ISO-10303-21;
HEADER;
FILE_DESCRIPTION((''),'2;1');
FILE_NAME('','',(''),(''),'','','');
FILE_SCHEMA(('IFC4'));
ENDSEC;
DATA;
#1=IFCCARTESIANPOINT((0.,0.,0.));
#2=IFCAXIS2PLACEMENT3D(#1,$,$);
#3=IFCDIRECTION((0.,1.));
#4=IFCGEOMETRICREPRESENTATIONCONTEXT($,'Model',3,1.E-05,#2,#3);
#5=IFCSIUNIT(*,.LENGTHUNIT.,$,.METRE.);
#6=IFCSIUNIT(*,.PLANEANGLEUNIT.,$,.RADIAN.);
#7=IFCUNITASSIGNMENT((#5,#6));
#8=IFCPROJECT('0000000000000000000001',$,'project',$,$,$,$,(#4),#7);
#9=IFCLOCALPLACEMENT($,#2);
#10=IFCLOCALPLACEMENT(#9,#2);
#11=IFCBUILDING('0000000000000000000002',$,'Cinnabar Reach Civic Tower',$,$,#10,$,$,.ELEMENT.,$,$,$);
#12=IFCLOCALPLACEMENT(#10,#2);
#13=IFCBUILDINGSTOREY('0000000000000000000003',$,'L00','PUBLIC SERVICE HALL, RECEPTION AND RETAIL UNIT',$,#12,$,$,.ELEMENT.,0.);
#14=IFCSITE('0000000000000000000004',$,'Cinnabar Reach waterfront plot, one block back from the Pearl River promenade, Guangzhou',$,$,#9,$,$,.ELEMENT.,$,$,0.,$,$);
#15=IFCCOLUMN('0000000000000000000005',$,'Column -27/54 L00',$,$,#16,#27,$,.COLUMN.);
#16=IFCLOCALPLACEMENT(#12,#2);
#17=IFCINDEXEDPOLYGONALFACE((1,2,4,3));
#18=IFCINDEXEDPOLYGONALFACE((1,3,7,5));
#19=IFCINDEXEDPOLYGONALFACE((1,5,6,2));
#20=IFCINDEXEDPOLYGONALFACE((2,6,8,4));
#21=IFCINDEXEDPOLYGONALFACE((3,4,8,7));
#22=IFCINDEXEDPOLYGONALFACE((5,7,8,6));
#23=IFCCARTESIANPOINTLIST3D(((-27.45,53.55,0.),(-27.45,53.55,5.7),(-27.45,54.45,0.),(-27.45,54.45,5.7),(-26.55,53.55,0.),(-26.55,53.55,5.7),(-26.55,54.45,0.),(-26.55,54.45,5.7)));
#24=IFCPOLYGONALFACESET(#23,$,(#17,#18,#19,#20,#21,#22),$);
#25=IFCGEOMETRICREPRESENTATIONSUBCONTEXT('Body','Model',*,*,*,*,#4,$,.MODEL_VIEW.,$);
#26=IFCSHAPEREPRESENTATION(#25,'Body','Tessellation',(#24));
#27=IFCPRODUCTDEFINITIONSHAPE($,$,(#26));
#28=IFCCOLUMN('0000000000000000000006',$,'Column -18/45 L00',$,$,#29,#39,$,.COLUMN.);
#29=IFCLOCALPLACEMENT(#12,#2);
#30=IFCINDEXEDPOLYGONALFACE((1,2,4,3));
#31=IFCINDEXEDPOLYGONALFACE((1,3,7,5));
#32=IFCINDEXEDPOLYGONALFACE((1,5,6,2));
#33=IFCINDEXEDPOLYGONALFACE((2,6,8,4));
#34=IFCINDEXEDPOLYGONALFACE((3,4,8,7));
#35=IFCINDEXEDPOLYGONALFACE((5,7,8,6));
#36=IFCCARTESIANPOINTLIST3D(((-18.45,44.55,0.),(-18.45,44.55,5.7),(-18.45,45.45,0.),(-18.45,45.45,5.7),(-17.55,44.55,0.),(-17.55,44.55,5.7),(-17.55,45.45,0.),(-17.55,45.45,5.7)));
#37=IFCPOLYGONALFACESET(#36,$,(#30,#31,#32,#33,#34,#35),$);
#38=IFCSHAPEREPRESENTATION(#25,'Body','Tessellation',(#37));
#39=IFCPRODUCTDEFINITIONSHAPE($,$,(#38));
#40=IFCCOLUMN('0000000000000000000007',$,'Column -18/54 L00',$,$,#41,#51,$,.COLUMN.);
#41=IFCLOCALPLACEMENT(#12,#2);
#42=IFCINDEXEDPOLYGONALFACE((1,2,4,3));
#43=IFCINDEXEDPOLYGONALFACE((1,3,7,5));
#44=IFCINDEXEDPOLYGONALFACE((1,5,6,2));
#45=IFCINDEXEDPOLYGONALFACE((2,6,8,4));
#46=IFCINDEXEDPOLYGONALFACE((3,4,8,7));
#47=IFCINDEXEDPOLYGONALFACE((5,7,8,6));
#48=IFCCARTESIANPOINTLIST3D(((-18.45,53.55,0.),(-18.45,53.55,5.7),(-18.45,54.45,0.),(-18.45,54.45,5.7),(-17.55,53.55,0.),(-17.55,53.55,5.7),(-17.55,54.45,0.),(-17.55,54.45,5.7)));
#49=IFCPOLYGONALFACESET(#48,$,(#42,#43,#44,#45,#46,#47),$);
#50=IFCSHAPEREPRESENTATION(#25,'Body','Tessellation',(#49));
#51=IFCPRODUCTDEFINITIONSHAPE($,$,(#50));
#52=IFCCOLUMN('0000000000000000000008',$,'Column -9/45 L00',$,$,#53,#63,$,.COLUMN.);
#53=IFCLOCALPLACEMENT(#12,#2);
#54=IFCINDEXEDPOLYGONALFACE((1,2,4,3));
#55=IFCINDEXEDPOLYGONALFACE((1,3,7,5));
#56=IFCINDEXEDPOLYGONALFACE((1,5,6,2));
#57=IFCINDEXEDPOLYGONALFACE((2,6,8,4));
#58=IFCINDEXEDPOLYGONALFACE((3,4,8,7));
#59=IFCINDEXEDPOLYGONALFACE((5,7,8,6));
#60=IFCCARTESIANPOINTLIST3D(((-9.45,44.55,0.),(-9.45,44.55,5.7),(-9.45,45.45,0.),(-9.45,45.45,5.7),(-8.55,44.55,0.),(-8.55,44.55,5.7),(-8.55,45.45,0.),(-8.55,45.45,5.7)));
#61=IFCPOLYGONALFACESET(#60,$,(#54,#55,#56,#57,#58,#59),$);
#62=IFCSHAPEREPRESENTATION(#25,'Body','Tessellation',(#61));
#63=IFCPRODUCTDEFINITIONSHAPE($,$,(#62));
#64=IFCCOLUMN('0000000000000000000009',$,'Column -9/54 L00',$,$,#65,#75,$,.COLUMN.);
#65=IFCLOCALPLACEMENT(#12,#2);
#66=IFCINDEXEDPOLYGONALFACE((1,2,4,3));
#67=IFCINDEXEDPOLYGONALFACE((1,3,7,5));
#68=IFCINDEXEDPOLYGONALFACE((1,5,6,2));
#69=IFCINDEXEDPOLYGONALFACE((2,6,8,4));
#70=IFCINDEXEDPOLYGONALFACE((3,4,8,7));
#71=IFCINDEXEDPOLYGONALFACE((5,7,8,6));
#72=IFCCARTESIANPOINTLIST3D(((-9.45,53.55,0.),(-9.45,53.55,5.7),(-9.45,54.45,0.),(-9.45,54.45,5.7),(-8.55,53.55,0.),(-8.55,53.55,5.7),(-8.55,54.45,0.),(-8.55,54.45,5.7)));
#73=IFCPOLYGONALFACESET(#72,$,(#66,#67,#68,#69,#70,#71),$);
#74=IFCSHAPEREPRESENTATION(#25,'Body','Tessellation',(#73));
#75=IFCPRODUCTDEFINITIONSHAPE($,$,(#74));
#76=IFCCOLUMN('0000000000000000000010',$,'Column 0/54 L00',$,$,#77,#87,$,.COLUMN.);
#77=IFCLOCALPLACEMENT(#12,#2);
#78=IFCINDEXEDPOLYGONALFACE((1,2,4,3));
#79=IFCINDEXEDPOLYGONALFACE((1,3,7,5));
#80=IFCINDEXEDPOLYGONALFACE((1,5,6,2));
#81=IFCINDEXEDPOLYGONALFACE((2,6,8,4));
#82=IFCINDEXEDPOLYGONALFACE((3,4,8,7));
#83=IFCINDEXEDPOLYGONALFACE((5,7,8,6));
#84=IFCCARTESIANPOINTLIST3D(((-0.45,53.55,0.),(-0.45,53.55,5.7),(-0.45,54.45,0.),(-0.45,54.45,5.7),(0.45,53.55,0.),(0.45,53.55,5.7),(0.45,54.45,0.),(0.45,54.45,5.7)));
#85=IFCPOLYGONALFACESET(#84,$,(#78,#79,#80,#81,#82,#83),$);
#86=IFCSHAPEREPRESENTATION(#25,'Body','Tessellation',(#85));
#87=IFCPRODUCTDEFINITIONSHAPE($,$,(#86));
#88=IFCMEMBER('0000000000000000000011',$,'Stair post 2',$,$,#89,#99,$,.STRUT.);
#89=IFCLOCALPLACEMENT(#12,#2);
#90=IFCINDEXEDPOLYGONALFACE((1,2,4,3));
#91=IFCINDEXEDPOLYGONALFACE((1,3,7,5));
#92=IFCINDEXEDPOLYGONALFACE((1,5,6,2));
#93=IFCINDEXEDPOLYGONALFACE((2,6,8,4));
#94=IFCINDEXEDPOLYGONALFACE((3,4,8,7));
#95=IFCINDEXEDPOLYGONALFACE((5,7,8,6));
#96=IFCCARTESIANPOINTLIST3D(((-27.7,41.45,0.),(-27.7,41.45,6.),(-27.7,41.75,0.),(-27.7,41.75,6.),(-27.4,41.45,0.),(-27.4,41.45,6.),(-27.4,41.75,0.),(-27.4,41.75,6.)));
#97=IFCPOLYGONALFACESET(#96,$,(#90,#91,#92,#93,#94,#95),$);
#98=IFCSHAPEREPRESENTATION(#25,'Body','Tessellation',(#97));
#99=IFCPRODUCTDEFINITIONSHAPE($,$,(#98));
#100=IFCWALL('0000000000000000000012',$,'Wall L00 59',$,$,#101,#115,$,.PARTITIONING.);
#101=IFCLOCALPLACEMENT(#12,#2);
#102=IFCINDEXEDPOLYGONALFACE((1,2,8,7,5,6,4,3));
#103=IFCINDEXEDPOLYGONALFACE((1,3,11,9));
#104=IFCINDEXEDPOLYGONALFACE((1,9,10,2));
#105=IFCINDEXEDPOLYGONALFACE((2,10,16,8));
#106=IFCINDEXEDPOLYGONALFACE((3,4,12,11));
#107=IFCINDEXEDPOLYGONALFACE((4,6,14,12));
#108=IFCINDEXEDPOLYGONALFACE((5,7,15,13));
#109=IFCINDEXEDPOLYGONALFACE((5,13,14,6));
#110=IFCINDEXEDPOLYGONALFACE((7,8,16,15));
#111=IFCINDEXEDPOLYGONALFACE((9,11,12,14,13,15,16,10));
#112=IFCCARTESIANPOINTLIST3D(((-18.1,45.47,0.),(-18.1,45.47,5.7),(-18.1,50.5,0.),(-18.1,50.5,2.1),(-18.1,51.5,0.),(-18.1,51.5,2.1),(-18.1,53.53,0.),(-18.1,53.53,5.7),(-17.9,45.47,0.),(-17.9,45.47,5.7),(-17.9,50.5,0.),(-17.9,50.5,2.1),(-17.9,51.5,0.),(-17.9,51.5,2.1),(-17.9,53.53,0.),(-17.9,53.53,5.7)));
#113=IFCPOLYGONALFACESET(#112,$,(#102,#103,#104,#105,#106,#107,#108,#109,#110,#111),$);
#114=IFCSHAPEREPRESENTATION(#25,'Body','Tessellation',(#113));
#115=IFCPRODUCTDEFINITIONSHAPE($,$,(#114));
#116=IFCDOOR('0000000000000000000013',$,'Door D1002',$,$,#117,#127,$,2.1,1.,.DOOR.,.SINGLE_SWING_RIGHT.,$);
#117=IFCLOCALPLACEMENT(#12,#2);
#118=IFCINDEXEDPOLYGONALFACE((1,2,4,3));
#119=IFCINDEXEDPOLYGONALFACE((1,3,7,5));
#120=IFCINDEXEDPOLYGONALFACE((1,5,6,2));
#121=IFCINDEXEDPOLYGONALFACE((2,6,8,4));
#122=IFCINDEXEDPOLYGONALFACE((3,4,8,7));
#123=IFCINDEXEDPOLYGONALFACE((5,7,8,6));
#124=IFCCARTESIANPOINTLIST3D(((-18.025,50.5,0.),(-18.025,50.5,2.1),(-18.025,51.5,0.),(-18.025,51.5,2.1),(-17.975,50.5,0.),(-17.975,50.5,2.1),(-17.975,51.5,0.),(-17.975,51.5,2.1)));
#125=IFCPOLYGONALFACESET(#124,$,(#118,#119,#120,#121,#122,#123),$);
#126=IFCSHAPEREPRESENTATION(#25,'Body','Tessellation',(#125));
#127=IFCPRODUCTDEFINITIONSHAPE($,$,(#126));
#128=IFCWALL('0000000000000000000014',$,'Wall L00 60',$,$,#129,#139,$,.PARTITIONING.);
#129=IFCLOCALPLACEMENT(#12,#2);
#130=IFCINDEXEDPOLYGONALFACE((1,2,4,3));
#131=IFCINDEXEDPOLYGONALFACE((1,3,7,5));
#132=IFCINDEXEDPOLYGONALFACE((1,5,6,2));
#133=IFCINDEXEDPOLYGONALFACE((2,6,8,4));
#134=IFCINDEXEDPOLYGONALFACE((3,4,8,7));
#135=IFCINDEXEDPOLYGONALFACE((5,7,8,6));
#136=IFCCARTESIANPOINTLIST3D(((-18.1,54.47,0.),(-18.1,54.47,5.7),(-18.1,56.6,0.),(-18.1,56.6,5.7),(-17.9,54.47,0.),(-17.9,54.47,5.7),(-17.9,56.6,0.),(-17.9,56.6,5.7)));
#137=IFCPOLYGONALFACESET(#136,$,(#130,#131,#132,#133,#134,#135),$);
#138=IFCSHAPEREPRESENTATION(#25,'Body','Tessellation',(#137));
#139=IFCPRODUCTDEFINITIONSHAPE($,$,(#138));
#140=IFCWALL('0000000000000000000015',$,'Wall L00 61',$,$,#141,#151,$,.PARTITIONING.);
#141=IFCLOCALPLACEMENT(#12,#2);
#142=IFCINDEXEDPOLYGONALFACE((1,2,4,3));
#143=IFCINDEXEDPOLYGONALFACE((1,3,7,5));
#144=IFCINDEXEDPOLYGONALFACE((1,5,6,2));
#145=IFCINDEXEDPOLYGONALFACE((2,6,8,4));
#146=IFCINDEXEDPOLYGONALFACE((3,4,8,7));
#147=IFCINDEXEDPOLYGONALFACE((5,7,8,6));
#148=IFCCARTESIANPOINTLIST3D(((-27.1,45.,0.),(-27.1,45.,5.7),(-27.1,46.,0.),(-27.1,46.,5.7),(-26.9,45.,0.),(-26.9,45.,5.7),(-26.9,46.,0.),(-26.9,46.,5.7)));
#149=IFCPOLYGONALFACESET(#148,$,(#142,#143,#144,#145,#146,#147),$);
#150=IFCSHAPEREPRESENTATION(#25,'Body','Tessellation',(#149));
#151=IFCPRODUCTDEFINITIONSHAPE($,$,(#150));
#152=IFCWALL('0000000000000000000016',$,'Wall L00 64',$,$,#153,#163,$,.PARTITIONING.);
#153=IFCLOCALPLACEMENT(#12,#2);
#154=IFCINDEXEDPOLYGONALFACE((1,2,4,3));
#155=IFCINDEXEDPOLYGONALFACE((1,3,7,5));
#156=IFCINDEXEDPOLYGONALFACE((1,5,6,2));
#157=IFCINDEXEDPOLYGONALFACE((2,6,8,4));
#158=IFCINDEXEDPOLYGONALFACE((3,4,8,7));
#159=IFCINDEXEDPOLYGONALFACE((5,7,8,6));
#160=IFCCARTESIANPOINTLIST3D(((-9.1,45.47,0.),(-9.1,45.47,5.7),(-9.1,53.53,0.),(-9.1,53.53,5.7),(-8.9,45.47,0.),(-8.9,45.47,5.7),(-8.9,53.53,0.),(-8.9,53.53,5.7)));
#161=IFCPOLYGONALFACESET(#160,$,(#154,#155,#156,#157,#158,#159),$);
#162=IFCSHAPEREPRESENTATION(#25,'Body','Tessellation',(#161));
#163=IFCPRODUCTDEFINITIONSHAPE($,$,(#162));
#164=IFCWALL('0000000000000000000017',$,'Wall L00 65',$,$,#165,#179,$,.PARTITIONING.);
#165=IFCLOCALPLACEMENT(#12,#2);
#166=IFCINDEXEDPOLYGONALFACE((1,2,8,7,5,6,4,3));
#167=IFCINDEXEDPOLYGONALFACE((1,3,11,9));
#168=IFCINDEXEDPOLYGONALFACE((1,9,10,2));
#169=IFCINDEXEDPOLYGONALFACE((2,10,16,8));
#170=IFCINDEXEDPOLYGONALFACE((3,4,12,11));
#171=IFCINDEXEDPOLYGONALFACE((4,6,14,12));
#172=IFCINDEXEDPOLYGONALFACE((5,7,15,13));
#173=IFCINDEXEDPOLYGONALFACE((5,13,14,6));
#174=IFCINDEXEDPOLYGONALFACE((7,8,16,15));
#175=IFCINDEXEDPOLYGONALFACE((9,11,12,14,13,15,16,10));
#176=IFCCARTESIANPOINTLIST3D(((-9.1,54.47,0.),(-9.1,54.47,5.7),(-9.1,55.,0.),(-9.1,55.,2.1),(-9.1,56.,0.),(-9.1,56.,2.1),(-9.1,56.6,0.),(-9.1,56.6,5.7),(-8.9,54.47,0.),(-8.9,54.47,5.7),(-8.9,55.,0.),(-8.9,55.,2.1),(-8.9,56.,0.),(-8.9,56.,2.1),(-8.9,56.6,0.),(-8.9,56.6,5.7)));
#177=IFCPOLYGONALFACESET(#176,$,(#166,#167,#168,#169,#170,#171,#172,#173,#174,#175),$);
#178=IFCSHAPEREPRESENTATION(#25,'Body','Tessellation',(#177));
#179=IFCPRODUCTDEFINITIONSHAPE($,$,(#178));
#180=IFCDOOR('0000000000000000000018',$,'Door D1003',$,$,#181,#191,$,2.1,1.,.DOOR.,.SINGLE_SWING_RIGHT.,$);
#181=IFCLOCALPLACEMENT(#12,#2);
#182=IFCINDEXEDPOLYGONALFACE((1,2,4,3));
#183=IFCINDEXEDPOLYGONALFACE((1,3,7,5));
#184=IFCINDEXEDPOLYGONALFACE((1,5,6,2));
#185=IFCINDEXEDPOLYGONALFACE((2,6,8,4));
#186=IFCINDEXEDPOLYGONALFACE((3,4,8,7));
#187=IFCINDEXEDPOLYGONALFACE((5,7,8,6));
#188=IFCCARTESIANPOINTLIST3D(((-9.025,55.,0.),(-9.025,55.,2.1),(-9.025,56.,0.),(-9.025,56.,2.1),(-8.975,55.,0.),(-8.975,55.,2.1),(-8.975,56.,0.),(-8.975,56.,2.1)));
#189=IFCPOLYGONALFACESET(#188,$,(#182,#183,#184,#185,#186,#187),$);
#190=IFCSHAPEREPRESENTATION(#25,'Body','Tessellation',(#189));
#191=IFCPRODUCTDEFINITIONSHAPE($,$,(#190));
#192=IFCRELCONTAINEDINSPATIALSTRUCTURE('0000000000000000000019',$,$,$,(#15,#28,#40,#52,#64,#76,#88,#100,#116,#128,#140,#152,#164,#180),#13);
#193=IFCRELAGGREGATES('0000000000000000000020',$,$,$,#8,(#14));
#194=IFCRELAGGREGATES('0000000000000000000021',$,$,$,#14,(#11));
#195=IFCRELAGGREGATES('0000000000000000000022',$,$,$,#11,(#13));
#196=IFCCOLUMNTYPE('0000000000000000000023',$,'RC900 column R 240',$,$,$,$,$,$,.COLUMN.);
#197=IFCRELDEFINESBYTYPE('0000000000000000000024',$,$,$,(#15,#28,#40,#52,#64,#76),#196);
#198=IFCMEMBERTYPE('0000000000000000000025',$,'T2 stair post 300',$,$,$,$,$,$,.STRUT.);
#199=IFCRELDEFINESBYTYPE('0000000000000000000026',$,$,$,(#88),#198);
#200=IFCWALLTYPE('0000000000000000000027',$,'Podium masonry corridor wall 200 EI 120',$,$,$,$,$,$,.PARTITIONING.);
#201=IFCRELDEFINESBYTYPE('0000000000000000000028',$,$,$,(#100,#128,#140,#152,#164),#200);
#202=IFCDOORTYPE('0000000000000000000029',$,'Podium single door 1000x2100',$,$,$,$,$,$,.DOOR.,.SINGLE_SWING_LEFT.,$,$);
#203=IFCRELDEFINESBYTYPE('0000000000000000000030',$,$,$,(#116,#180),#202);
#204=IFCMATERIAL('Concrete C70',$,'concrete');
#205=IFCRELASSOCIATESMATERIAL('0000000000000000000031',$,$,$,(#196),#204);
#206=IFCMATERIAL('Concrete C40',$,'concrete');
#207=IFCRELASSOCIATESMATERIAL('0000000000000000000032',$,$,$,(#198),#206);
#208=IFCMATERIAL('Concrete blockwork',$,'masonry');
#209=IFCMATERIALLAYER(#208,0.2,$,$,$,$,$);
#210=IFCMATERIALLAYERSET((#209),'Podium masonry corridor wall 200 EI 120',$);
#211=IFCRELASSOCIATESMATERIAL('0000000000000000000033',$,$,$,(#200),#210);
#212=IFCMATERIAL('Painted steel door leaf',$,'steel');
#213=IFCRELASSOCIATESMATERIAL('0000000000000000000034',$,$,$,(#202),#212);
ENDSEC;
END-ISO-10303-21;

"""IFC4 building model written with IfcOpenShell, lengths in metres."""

from ifc_helpers import new_model, si_unit, direction, frame, frame_2d, origin, origin_2d, place, context, subcontext, project, spatial, rectangle, extrude, material, layer, layer_set, material_profile, profile_set, type_object, element, fill, save


model = new_model("IFC4")

# Units and contexts
model_context = context("Model", 3, precision=1e-05, world=origin(), true_north=direction((0.0, 1.0)))
body_context = subcontext(model_context, "Body", "Model", "MODEL_VIEW")
ifc_project = project(units=[si_unit("LENGTHUNIT", "METRE"), si_unit("PLANEANGLEUNIT", "RADIAN")], contexts=[model_context])

# Site, building, storey
site_placement = place(None, origin())
site = spatial("IfcSite", under=ifc_project, at=site_placement, Name="Cinnabar Reach waterfront plot, one block back from the Pearl River promenade, Guangzhou", CompositionType="ELEMENT", RefElevation=0.0)
building_placement = place(site_placement, origin())
building = spatial("IfcBuilding", under=site, at=building_placement, Name="Cinnabar Reach Civic Tower", CompositionType="ELEMENT")
storey_placement = place(building_placement, origin())
storey = spatial("IfcBuildingStorey", under=building, at=storey_placement, Name="L00", Description="PUBLIC SERVICE HALL, RECEPTION AND RETAIL UNIT", CompositionType="ELEMENT", Elevation=0.0)

# Columns
ifc_material_1 = material(Name="Concrete C70", Category="concrete")
ifc_material_profile_1 = material_profile(ifc_material_1, rectangle(XDim=0.9, YDim=0.9, at=origin_2d()), Name="RC900")
ifc_profile_set_1 = profile_set([ifc_material_profile_1], Name="Concrete C70")
column_type = type_object("IfcColumnType", Name="RC900 column R 240", PredefinedType="COLUMN", material=ifc_profile_set_1)
for number, where, z_axis, x_axis, name in (
    (1, (-27.0, 54.0, 0.0), (0.0, 0.0, 1.0), (1.0, 0.0, 0.0), "Column -27/54 L00"),
    (2, (-18.0, 45.0, 0.0), (0.0, 0.0, 1.0), (1.0, 0.0, 0.0), "Column -18/45 L00"),
    (3, (-18.0, 54.0, 0.0), (0.0, 0.0, 1.0), (1.0, 0.0, 0.0), "Column -18/54 L00"),
    (4, (-9.0, 45.0, 0.0), (0.0, 0.0, 1.0), (1.0, 0.0, 0.0), "Column -9/45 L00"),
    (5, (-9.0, 54.0, 0.0), (0.0, 0.0, 1.0), (1.0, 0.0, 0.0), "Column -9/54 L00"),
    (6, (0.0, 54.0, 0.0), (0.0, 0.0, 1.0), (1.0, 0.0, 0.0), "Column 0/54 L00"),
):
    element("IfcColumn", number, at=place(storey_placement, frame(where, z_axis=z_axis, x_axis=x_axis)), inside=storey, type_object=column_type, Name=name, PredefinedType="COLUMN", context=body_context, shape_type="SweptSolid", body=[
        extrude(rectangle(XDim=0.9, YDim=0.9, at=origin_2d()), origin(), (0.0, 0.0, 1.0), 5.7),
    ])

# Member
ifc_material_2 = material(Name="Concrete C40", Category="concrete")
ifc_material_profile_2 = material_profile(ifc_material_2, rectangle(XDim=0.3, YDim=0.3, at=origin_2d()), Name="C300")
ifc_profile_set_2 = profile_set([ifc_material_profile_2], Name="Concrete C40")
member_type = type_object("IfcMemberType", Name="T2 stair post 300", PredefinedType="STRUT", material=ifc_profile_set_2)
member_placement = place(storey_placement, frame((-27.55, 41.6, 0.0), z_axis=(0.0, 0.0, 1.0), x_axis=(1.0, 0.0, 0.0)))
element("IfcMember", 7, at=member_placement, inside=storey, type_object=member_type, Name="Stair post 2", PredefinedType="STRUT", context=body_context, shape_type="SweptSolid", body=[
    extrude(rectangle(XDim=0.3, YDim=0.3, at=origin_2d()), origin(), (0.0, 0.0, 1.0), 6.0),
])

# Wall, opening, door
ifc_material_3 = material(Name="Concrete blockwork", Category="masonry")
ifc_layer_1 = layer(ifc_material_3, 0.2)
ifc_layer_set_1 = layer_set([ifc_layer_1], Name="Podium masonry corridor wall 200 EI 120")
wall_type_1 = type_object("IfcWallType", Name="Podium masonry corridor wall 200 EI 120", PredefinedType="PARTITIONING", material=ifc_layer_set_1)
wall_1_placement = place(storey_placement, frame((-18.0, 45.47, 0.0), z_axis=(0.0, 0.0, 1.0), x_axis=(0.0, 1.0, 0.0)))
wall_1 = element("IfcWall", 8, at=wall_1_placement, inside=storey, type_object=wall_type_1, Name="Wall L00 59", PredefinedType="PARTITIONING", context=body_context, shape_type="SweptSolid", body=[
    extrude(rectangle(XDim=8.06, YDim=0.2, at=frame_2d((4.03, 0.0))), origin(), (0.0, 0.0, 1.0), 5.7),
])
opening_1_placement = place(wall_1_placement, frame((5.03, 0.0, 0.0)))
opening_1 = element("IfcOpeningElement", 9, at=opening_1_placement, cuts=wall_1, PredefinedType="OPENING", context=body_context, shape_type="SweptSolid", body=[
    extrude(rectangle(XDim=1.0, YDim=2.1, at=frame_2d((0.5, 1.05))), frame((0.0, 0.11, 0.0), z_axis=(0.0, -1.0, 0.0), x_axis=(1.0, 0.0, 0.0)), (0.0, 0.0, 1.0), 0.22),
])
ifc_material_4 = material(Name="Painted steel door leaf", Category="steel")
door_type = type_object("IfcDoorType", Name="Podium single door 1000x2100", OperationType="SINGLE_SWING_LEFT", PredefinedType="DOOR", material=ifc_material_4)
door_1_placement = place(opening_1_placement, origin())
door_1 = element("IfcDoor", 10, at=door_1_placement, inside=storey, type_object=door_type, Name="Door D1002", OperationType="SINGLE_SWING_RIGHT", OverallHeight=2.1, OverallWidth=1.0, PredefinedType="DOOR", context=body_context, shape_type="SweptSolid", body=[
    extrude(rectangle(XDim=1.0, YDim=2.1, at=frame_2d((0.5, 1.05))), frame((0.0, 0.025, 0.0), z_axis=(0.0, -1.0, 0.0), x_axis=(1.0, 0.0, 0.0)), (0.0, 0.0, 1.0), 0.05),
])
fill(opening_1, door_1)

# Walls
wall_2_placement = place(storey_placement, frame((-18.0, 54.47, 0.0), z_axis=(0.0, 0.0, 1.0), x_axis=(0.0, 1.0, 0.0)))
element("IfcWall", 11, at=wall_2_placement, inside=storey, type_object=wall_type_1, Name="Wall L00 60", PredefinedType="PARTITIONING", context=body_context, shape_type="SweptSolid", body=[
    extrude(rectangle(XDim=2.13, YDim=0.2, at=frame_2d((1.065, 0.0))), origin(), (0.0, 0.0, 1.0), 5.7),
])
wall_3_placement = place(storey_placement, frame((-27.0, 45.0, 0.0), z_axis=(0.0, 0.0, 1.0), x_axis=(0.0, 1.0, 0.0)))
element("IfcWall", 12, at=wall_3_placement, inside=storey, type_object=wall_type_1, Name="Wall L00 61", PredefinedType="PARTITIONING", context=body_context, shape_type="SweptSolid", body=[
    extrude(rectangle(XDim=1.0, YDim=0.2, at=frame_2d((0.5, 0.0))), origin(), (0.0, 0.0, 1.0), 5.7),
])
wall_4_placement = place(storey_placement, frame((-9.0, 45.47, 0.0), z_axis=(0.0, 0.0, 1.0), x_axis=(0.0, 1.0, 0.0)))
element("IfcWall", 13, at=wall_4_placement, inside=storey, type_object=wall_type_1, Name="Wall L00 64", PredefinedType="PARTITIONING", context=body_context, shape_type="SweptSolid", body=[
    extrude(rectangle(XDim=8.06, YDim=0.2, at=frame_2d((4.03, 0.0))), origin(), (0.0, 0.0, 1.0), 5.7),
])

# Wall, opening, door
wall_5_placement = place(storey_placement, frame((-9.0, 54.47, 0.0), z_axis=(0.0, 0.0, 1.0), x_axis=(0.0, 1.0, 0.0)))
wall_5 = element("IfcWall", 14, at=wall_5_placement, inside=storey, type_object=wall_type_1, Name="Wall L00 65", PredefinedType="PARTITIONING", context=body_context, shape_type="SweptSolid", body=[
    extrude(rectangle(XDim=2.13, YDim=0.2, at=frame_2d((1.065, 0.0))), origin(), (0.0, 0.0, 1.0), 5.7),
])
opening_2_placement = place(wall_5_placement, frame((0.53, 0.0, 0.0)))
opening_2 = element("IfcOpeningElement", 15, at=opening_2_placement, cuts=wall_5, PredefinedType="OPENING", context=body_context, shape_type="SweptSolid", body=[
    extrude(rectangle(XDim=1.0, YDim=2.1, at=frame_2d((0.5, 1.05))), frame((0.0, 0.11, 0.0), z_axis=(0.0, -1.0, 0.0), x_axis=(1.0, 0.0, 0.0)), (0.0, 0.0, 1.0), 0.22),
])
door_2_placement = place(opening_2_placement, frame((1.0, 0.0, 0.0), z_axis=(0.0, 0.0, 1.0), x_axis=(-1.0, 0.0, 0.0)))
door_2 = element("IfcDoor", 16, at=door_2_placement, inside=storey, type_object=door_type, Name="Door D1003", OperationType="SINGLE_SWING_RIGHT", OverallHeight=2.1, OverallWidth=1.0, PredefinedType="DOOR", context=body_context, shape_type="SweptSolid", body=[
    extrude(rectangle(XDim=1.0, YDim=2.1, at=frame_2d((0.5, 1.05))), frame((0.0, 0.025, 0.0), z_axis=(0.0, -1.0, 0.0), x_axis=(1.0, 0.0, 0.0)), (0.0, 0.0, 1.0), 0.05),
])
fill(opening_2, door_2)

save(model, "model.ifc")
